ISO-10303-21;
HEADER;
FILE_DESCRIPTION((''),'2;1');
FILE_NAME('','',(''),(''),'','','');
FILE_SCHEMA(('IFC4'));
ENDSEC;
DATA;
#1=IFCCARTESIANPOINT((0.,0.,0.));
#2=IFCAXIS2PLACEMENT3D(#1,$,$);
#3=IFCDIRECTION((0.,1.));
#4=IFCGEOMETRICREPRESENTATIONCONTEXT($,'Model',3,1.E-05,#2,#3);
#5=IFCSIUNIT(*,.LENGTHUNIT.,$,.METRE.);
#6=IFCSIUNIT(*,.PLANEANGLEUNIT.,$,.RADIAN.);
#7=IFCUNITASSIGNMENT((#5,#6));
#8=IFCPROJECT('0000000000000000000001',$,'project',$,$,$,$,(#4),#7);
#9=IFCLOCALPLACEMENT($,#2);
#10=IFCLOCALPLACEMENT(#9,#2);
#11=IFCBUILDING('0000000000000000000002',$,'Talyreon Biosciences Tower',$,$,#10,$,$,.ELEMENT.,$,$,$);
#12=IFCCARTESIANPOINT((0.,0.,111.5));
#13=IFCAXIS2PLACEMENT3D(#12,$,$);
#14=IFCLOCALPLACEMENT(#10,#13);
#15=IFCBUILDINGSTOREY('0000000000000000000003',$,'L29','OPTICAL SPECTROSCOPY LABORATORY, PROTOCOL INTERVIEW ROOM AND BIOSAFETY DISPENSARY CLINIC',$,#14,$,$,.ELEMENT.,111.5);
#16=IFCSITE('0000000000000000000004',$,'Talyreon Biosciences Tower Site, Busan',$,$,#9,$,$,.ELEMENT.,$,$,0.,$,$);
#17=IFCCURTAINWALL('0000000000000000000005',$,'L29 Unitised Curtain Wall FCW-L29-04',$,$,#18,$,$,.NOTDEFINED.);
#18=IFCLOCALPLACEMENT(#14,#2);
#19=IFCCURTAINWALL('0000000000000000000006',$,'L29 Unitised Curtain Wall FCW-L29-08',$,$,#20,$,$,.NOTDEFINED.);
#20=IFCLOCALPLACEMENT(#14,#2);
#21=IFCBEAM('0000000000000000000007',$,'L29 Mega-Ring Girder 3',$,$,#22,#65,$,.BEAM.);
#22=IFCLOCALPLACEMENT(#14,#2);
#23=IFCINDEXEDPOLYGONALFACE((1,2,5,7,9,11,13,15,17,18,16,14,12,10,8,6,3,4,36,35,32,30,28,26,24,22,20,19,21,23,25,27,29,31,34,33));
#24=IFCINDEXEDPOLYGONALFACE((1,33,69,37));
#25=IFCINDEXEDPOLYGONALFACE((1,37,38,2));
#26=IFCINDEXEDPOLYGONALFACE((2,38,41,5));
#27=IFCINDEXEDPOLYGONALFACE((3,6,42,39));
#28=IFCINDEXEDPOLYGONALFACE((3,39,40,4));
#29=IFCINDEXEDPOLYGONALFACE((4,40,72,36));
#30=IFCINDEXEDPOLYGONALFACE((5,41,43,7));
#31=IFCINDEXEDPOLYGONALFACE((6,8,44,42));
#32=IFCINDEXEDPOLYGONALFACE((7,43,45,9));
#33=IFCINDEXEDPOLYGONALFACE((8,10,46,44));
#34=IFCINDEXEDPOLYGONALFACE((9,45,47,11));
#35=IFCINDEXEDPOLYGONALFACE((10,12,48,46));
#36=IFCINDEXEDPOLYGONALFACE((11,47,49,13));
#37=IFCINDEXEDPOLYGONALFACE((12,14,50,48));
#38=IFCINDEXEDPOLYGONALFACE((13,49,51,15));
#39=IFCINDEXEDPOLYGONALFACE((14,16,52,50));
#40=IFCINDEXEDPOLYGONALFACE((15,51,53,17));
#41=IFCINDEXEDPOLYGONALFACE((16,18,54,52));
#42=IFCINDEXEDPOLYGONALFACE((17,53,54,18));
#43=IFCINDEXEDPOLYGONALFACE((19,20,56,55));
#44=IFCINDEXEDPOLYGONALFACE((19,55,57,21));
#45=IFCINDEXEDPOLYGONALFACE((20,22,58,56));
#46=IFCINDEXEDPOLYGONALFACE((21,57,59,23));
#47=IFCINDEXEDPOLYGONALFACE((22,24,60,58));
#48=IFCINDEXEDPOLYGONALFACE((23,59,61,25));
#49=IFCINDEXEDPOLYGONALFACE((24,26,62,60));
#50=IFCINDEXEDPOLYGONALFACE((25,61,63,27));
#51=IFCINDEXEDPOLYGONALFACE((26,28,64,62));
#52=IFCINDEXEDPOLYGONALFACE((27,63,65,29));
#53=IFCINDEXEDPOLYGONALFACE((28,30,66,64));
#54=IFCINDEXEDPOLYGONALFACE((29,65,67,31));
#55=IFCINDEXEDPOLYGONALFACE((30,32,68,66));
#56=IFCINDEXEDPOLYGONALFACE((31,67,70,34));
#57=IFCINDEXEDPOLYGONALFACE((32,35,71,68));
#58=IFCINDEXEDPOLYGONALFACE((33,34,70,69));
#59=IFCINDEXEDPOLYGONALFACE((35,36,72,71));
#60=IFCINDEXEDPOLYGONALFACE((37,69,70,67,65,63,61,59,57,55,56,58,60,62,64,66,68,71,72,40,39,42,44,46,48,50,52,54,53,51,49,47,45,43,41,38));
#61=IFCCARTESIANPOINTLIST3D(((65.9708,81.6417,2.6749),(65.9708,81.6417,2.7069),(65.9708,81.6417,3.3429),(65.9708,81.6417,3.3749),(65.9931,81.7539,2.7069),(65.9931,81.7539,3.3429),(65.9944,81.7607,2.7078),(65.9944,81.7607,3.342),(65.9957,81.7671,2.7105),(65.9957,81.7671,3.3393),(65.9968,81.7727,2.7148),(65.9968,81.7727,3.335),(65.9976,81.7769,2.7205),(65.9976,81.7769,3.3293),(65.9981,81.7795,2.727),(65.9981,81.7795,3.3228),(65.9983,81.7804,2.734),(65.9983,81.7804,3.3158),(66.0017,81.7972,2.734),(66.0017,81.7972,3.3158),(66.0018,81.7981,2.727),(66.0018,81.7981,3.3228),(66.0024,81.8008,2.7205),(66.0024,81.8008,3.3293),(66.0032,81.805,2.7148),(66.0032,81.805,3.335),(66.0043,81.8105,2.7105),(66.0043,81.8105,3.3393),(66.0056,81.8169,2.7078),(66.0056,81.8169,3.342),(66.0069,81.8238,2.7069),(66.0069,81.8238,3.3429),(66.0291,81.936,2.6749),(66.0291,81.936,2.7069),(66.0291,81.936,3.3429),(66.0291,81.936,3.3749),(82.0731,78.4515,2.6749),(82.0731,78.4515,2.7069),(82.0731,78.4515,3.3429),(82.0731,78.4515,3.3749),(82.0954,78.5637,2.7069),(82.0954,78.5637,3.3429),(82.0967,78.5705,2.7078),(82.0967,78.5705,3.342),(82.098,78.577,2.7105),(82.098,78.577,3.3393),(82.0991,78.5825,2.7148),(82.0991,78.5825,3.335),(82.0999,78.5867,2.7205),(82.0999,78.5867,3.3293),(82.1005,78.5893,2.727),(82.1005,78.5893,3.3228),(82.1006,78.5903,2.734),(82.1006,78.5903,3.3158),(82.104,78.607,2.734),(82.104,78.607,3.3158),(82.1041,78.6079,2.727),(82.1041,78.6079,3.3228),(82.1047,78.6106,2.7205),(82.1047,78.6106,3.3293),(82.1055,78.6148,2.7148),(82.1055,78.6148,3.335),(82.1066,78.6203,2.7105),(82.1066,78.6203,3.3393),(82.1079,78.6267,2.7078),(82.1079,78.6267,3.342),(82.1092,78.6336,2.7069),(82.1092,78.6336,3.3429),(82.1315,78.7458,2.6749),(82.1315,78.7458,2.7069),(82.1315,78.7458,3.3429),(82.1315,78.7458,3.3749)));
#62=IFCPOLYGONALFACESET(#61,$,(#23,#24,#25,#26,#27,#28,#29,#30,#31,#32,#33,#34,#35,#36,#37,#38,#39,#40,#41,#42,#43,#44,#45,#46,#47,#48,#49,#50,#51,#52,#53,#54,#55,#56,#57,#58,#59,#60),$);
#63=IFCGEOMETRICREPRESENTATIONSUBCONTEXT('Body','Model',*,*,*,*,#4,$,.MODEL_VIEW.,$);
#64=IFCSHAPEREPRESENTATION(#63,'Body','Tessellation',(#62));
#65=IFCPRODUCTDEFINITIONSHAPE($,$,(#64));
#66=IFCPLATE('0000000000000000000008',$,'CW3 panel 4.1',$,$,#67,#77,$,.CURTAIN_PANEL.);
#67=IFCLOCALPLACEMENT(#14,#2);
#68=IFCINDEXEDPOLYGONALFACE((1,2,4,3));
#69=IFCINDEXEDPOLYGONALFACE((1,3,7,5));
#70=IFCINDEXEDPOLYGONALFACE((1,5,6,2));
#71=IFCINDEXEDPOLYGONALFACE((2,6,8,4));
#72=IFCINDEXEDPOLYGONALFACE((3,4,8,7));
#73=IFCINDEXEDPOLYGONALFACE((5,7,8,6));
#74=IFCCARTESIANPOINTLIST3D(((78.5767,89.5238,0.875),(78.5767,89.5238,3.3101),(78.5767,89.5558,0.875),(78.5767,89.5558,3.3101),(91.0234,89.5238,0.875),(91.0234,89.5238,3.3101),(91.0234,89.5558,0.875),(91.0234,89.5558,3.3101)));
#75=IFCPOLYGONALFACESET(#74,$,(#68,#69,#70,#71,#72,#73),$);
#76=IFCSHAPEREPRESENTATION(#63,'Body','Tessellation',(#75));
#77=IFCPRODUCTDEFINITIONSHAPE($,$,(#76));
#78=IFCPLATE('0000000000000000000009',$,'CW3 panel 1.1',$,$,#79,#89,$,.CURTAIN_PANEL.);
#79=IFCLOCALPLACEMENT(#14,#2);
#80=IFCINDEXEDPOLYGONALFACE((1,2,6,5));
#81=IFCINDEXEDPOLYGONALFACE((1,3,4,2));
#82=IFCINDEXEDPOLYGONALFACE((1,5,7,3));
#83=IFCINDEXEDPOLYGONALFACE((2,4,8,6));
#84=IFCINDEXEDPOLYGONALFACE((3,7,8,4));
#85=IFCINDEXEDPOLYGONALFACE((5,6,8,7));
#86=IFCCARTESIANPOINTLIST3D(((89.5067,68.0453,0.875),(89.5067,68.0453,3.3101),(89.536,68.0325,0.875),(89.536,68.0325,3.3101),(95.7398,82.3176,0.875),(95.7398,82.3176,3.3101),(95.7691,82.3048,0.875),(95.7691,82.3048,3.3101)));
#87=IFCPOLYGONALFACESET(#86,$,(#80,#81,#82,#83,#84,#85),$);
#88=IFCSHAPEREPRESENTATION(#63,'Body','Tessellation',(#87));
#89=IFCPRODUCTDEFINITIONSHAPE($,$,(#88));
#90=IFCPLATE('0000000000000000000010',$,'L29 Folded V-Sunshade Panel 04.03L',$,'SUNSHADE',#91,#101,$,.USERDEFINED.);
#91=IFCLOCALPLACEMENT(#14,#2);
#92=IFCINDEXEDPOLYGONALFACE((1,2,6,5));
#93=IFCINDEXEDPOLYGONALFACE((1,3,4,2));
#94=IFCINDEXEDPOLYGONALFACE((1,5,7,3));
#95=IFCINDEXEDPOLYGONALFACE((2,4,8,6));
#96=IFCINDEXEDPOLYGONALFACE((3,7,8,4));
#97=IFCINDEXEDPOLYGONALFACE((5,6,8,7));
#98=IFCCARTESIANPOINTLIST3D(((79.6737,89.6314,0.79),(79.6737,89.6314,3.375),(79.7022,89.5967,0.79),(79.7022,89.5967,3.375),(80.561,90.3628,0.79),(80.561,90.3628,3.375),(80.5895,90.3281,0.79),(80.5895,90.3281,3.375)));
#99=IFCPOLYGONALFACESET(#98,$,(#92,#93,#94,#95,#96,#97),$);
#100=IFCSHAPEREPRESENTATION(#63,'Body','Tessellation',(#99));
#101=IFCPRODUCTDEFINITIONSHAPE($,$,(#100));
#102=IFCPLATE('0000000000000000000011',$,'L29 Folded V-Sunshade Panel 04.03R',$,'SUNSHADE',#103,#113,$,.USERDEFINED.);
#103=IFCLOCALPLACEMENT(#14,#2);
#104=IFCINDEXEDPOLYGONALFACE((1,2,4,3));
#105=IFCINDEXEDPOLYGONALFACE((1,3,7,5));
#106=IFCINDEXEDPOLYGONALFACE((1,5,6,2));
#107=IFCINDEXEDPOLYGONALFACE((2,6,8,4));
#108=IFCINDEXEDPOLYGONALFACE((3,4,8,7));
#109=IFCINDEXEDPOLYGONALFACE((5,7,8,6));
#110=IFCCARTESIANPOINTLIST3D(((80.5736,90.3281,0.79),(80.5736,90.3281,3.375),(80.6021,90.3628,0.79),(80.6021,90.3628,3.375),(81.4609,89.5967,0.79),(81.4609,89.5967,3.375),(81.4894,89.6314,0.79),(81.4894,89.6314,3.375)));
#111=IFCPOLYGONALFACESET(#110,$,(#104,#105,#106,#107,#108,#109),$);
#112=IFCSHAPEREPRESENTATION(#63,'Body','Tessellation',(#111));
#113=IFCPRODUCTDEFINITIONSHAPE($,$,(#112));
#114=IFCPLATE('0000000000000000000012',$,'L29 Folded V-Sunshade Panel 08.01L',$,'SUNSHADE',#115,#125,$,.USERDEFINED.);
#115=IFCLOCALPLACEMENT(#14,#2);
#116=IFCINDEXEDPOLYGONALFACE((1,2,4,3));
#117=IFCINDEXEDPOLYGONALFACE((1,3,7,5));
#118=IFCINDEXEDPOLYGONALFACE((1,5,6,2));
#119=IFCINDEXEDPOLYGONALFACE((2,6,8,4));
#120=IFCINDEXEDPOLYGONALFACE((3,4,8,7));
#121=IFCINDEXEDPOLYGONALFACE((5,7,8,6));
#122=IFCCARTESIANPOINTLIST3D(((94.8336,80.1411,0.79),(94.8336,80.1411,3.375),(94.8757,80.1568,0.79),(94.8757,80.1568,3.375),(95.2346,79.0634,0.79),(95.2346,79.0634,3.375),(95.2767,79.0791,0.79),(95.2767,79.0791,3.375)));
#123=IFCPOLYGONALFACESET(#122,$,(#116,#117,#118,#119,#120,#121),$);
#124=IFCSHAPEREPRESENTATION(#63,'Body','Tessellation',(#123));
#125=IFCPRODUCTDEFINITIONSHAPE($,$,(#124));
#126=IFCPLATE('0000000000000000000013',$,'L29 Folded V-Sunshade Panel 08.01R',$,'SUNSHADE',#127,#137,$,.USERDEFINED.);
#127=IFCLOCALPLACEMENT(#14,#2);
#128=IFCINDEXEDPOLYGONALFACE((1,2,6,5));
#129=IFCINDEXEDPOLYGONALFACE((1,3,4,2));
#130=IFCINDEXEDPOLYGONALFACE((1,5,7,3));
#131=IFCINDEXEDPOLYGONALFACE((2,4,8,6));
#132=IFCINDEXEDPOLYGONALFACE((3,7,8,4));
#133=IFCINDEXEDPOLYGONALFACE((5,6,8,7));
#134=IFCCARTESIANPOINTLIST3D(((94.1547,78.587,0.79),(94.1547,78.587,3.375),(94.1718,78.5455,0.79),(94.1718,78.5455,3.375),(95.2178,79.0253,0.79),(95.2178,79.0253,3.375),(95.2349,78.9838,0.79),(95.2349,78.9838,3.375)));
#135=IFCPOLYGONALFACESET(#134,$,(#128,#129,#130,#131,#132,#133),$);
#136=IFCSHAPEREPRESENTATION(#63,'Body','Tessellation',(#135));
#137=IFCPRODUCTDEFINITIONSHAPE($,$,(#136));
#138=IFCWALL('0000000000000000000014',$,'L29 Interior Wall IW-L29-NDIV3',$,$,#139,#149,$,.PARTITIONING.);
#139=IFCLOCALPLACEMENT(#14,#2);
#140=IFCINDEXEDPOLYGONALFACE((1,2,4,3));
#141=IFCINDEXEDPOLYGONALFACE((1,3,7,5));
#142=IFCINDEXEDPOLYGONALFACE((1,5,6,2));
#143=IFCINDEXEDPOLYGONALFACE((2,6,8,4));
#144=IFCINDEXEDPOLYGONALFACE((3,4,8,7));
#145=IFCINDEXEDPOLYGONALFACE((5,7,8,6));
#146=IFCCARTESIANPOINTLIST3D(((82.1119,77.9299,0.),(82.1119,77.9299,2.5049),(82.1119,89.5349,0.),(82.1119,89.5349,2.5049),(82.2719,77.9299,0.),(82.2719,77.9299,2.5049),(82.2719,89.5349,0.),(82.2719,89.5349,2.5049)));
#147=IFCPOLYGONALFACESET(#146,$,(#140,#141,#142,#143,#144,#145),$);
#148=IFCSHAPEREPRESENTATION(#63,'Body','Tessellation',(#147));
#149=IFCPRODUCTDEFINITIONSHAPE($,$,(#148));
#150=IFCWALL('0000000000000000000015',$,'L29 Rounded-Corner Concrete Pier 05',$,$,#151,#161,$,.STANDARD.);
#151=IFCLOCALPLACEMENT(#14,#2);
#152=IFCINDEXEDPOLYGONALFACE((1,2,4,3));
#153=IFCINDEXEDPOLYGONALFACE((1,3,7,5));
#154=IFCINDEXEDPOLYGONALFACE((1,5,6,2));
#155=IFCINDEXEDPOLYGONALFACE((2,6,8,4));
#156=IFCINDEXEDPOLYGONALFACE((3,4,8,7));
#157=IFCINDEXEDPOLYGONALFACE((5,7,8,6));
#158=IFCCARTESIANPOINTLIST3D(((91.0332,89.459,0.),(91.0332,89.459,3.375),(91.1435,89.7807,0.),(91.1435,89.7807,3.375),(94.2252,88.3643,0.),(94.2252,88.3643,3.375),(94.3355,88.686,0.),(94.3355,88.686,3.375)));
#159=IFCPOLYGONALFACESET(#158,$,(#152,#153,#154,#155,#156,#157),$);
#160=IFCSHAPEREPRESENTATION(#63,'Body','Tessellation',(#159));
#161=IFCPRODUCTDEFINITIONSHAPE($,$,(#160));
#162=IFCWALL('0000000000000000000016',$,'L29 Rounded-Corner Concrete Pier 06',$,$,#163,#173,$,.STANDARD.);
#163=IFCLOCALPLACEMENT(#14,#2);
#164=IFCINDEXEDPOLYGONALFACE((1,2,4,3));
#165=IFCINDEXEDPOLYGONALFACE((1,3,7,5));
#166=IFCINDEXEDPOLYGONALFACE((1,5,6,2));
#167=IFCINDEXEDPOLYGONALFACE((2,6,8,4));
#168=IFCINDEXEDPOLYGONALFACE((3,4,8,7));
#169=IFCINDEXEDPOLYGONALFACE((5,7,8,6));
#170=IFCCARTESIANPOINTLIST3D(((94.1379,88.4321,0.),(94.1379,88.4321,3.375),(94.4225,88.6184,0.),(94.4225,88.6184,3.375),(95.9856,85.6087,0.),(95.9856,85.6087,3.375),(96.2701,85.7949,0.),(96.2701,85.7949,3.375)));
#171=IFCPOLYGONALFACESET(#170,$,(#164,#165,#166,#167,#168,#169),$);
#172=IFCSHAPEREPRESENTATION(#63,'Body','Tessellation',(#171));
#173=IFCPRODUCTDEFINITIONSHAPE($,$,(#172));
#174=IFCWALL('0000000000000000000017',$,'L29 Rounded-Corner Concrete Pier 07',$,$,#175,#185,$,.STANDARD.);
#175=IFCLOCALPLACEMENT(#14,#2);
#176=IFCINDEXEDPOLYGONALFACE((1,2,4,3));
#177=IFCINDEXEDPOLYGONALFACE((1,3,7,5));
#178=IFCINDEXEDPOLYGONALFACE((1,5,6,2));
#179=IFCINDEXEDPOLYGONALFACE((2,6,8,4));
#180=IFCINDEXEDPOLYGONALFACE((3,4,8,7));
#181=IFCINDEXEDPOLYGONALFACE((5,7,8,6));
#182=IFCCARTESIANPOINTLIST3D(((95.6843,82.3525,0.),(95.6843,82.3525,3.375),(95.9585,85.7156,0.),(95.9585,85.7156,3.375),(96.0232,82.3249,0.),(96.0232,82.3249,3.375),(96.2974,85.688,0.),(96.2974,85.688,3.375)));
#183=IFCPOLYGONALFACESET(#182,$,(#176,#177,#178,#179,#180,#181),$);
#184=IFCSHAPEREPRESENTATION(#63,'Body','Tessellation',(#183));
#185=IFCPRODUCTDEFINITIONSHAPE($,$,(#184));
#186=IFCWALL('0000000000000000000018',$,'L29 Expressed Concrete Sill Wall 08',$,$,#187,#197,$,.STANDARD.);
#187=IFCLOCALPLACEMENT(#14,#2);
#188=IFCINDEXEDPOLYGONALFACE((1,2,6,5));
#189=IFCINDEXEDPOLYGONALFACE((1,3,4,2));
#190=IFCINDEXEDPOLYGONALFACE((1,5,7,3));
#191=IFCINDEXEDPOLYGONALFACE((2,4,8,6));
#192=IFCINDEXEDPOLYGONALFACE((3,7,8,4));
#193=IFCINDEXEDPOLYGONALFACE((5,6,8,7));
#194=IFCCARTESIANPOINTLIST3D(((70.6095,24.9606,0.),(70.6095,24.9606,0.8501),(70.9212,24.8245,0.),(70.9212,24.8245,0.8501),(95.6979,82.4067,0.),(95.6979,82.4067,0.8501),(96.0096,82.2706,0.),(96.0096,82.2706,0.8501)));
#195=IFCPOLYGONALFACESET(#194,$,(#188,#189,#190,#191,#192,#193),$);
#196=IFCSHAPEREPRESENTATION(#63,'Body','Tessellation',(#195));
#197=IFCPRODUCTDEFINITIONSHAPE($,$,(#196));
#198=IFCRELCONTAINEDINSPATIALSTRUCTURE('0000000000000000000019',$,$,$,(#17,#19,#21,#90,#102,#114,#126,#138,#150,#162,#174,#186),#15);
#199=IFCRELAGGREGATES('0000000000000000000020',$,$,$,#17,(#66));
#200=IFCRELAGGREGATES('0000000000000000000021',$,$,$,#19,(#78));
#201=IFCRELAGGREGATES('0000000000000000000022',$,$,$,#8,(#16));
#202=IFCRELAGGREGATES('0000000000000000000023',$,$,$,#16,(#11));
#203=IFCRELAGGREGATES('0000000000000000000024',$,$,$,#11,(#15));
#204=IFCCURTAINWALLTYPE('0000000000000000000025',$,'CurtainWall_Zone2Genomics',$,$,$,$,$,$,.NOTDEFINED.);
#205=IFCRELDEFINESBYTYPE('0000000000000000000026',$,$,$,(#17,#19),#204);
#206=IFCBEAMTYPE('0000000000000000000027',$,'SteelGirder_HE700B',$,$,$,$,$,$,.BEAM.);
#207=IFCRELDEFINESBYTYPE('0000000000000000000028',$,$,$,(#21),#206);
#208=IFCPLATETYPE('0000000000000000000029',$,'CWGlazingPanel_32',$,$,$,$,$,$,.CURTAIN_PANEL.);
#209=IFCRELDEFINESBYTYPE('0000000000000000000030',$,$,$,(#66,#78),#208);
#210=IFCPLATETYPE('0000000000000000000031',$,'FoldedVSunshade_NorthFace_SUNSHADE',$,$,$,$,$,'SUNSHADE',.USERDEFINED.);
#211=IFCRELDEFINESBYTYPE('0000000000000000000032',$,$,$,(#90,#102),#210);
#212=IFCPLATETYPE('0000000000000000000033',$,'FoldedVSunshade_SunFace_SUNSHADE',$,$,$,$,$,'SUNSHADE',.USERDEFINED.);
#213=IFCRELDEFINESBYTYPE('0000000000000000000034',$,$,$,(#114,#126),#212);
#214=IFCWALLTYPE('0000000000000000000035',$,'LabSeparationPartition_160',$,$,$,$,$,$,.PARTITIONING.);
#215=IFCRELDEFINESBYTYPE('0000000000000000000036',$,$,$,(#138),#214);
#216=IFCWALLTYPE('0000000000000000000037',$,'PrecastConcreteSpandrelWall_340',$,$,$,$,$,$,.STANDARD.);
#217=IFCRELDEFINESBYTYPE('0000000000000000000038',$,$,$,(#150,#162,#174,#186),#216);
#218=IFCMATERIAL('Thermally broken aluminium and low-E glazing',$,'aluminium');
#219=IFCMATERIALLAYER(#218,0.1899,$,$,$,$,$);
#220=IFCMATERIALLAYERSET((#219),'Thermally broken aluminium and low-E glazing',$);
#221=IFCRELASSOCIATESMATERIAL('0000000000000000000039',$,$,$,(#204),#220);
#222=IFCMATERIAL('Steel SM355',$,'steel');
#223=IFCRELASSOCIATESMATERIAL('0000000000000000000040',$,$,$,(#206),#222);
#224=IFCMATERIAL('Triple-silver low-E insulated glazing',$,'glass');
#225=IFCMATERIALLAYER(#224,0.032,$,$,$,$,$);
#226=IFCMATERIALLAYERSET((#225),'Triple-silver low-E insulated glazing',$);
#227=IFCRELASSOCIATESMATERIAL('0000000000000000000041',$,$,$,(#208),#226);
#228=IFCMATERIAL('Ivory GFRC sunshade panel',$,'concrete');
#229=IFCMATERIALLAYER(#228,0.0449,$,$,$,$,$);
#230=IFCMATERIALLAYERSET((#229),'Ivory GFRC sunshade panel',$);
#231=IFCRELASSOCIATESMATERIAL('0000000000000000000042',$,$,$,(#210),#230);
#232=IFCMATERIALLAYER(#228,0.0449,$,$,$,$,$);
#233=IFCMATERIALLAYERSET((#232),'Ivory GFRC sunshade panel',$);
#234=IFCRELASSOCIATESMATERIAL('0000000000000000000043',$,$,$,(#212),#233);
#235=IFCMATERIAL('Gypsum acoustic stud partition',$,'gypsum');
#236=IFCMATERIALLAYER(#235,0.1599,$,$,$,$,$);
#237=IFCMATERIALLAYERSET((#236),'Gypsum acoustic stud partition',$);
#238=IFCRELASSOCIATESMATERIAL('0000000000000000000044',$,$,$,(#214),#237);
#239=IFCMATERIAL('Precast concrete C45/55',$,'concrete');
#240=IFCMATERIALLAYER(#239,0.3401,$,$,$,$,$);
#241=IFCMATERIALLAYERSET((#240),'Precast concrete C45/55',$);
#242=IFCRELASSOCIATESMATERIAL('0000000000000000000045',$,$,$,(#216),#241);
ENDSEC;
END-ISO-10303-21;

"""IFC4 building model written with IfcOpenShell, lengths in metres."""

from ifc_helpers import new_model, si_unit, direction, frame, frame_2d, origin, origin_2d, place, context, subcontext, project, spatial, rectangle, i_section, extrude, material, layer, layer_set, material_profile, profile_set, type_object, element, aggregate, save


model = new_model("IFC4")

# Units and contexts
model_context = context("Model", 3, precision=1e-05, world=origin(), true_north=direction((0.0, 1.0)))
body_context = subcontext(model_context, "Body", "Model", "MODEL_VIEW")
ifc_project = project(units=[si_unit("LENGTHUNIT", "METRE"), si_unit("PLANEANGLEUNIT", "RADIAN")], contexts=[model_context])

# Site, building, storey
site_placement = place(None, origin())
site = spatial("IfcSite", under=ifc_project, at=site_placement, Name="Talyreon Biosciences Tower Site, Busan", CompositionType="ELEMENT", RefElevation=0.0)
building_placement = place(site_placement, origin())
building = spatial("IfcBuilding", under=site, at=building_placement, Name="Talyreon Biosciences Tower", CompositionType="ELEMENT")
storey_placement = place(building_placement, frame((0.0, 0.0, 111.5)))
storey = spatial("IfcBuildingStorey", under=building, at=storey_placement, Name="L29", Description="OPTICAL SPECTROSCOPY LABORATORY, PROTOCOL INTERVIEW ROOM AND BIOSAFETY DISPENSARY CLINIC", CompositionType="ELEMENT", Elevation=111.5)

# Curtain wall
ifc_material_1 = material(Name="Thermally broken aluminium and low-E glazing", Category="aluminium")
ifc_layer_1 = layer(ifc_material_1, 0.1899)
ifc_layer_set_1 = layer_set([ifc_layer_1], Name="Thermally broken aluminium and low-E glazing")
curtain_wall_type = type_object("IfcCurtainWallType", Name="CurtainWall_Zone2Genomics", PredefinedType="NOTDEFINED", material=ifc_layer_set_1)
curtain_wall_1_placement = place(storey_placement, origin())
curtain_wall_1 = element("IfcCurtainWall", 1, at=curtain_wall_1_placement, inside=storey, type_object=curtain_wall_type, Name="L29 Unitised Curtain Wall FCW-L29-04", PredefinedType="NOTDEFINED")

# Curtain wall
curtain_wall_2_placement = place(storey_placement, origin())
curtain_wall_2 = element("IfcCurtainWall", 2, at=curtain_wall_2_placement, inside=storey, type_object=curtain_wall_type, Name="L29 Unitised Curtain Wall FCW-L29-08", PredefinedType="NOTDEFINED")

# Beam
ifc_material_2 = material(Name="Precast concrete C45/55", Category="concrete")
ifc_material_3 = material(Name="Steel SM355", Category="steel")
ifc_material_profile_1 = material_profile(ifc_material_3, i_section(OverallWidth=0.3, OverallDepth=0.7, WebThickness=0.0171, FlangeThickness=0.032, FilletRadius=0.0271, at=origin_2d()), Name="HE700B")
ifc_profile_set_1 = profile_set([ifc_material_profile_1], Name="Steel SM355")
beam_type_1 = type_object("IfcBeamType", Name="SteelGirder_HE700B", PredefinedType="BEAM", material=ifc_profile_set_1)
beam_1_placement = place(storey_placement, frame((82.1023, 78.5986, 3.0249), z_axis=(-0.980934, 0.194343, 0.0), x_axis=(-0.194343, -0.980934, 0.0)))
element("IfcBeam", 3, at=beam_1_placement, inside=storey, type_object=beam_type_1, Name="L29 Mega-Ring Girder 3", PredefinedType="BEAM", context=body_context, shape_type="SweptSolid", body=[
    extrude(i_section(OverallWidth=0.3, OverallDepth=0.7, WebThickness=0.0171, FlangeThickness=0.032, FilletRadius=0.0271, at=origin_2d()), origin(), (0.0, 0.0, 1.0), 16.4153),
])

# Plates
ifc_material_4 = material(Name="Triple-silver low-E insulated glazing", Category="glass")
ifc_layer_2 = layer(ifc_material_4, 0.032)
ifc_layer_set_2 = layer_set([ifc_layer_2], Name="Triple-silver low-E insulated glazing")
plate_type_1 = type_object("IfcPlateType", Name="CWGlazingPanel_32", PredefinedType="CURTAIN_PANEL", material=ifc_layer_set_2)
plate_1_placement = place(storey_placement, frame((84.8, 89.5398, 0.875), z_axis=(0.0, 0.0, 1.0), x_axis=(1.0, 0.0, 0.0)))
plate_1 = element("IfcPlate", 4, at=plate_1_placement, type_object=plate_type_1, Name="CW3 panel 4.1", PredefinedType="CURTAIN_PANEL", context=body_context, shape_type="SweptSolid", body=[
    extrude(rectangle(XDim=12.4468, YDim=0.032, at=origin_2d()), origin(), (0.0, 0.0, 1.0), 2.4351),
])
aggregate(curtain_wall_1, [plate_1])
plate_2_placement = place(storey_placement, frame((92.6379, 75.175, 0.875), z_axis=(0.0, 0.0, 1.0), x_axis=(-0.400226, -0.916416, 0.0)))
plate_2 = element("IfcPlate", 5, at=plate_2_placement, type_object=plate_type_1, Name="CW3 panel 1.1", PredefinedType="CURTAIN_PANEL", context=body_context, shape_type="SweptSolid", body=[
    extrude(rectangle(XDim=15.574, YDim=0.032, at=origin_2d()), origin(), (0.0, 0.0, 1.0), 2.4351),
])
aggregate(curtain_wall_2, [plate_2])

# Plates
ifc_material_5 = material(Name="Ivory GFRC sunshade panel", Category="concrete")
ifc_layer_3 = layer(ifc_material_5, 0.0449)
ifc_layer_set_3 = layer_set([ifc_layer_3], Name="Ivory GFRC sunshade panel")
plate_type_2 = type_object("IfcPlateType", Name="FoldedVSunshade_NorthFace_SUNSHADE", ElementType="SUNSHADE", PredefinedType="USERDEFINED", material=ifc_layer_set_3)
for number, where, z_axis, x_axis, name in (
    (6, (80.1316, 89.9797, 0.79), (0.0, 0.0, 1.0), (0.771625, 0.636078, 0.0), "L29 Folded V-Sunshade Panel 04.03L"),
    (7, (81.0315, 89.9797, 0.79), (0.0, 0.0, 1.0), (0.771625, -0.636078, 0.0), "L29 Folded V-Sunshade Panel 04.03R"),
):
    element("IfcPlate", number, at=place(storey_placement, frame(where, z_axis=z_axis, x_axis=x_axis)), inside=storey, type_object=plate_type_2, Name=name, ObjectType="SUNSHADE", PredefinedType="USERDEFINED", context=body_context, shape_type="SweptSolid", body=[
        extrude(rectangle(XDim=1.1499, YDim=0.0449, at=origin_2d()), origin(), (0.0, 0.0, 1.0), 2.585),
    ])
ifc_layer_4 = layer(ifc_material_5, 0.0449)
ifc_layer_set_4 = layer_set([ifc_layer_4], Name="Ivory GFRC sunshade panel")
plate_type_3 = type_object("IfcPlateType", Name="FoldedVSunshade_SunFace_SUNSHADE", ElementType="SUNSHADE", PredefinedType="USERDEFINED", material=ifc_layer_set_4)
for number, where, z_axis, x_axis, name in (
    (8, (95.0552, 79.6101, 0.79), (0.0, 0.0, 1.0), (0.348703, -0.937233, 0.0), "L29 Folded V-Sunshade Panel 08.01L"),
    (9, (94.6948, 78.7854, 0.79), (0.0, 0.0, 1.0), (-0.924493, -0.381199, 0.0), "L29 Folded V-Sunshade Panel 08.01R"),
):
    element("IfcPlate", number, at=place(storey_placement, frame(where, z_axis=z_axis, x_axis=x_axis)), inside=storey, type_object=plate_type_3, Name=name, ObjectType="SUNSHADE", PredefinedType="USERDEFINED", context=body_context, shape_type="SweptSolid", body=[
        extrude(rectangle(XDim=1.1499, YDim=0.0449, at=origin_2d()), origin(), (0.0, 0.0, 1.0), 2.585),
    ])

# Walls
ifc_material_6 = material(Name="Gypsum acoustic stud partition", Category="gypsum")
ifc_layer_5 = layer(ifc_material_6, 0.1599)
ifc_layer_set_5 = layer_set([ifc_layer_5], Name="Gypsum acoustic stud partition")
wall_type_1 = type_object("IfcWallType", Name="LabSeparationPartition_160", PredefinedType="PARTITIONING", material=ifc_layer_set_5)
wall_1_placement = place(storey_placement, frame((82.1919, 77.9299, 0.0), z_axis=(0.0, 0.0, 1.0), x_axis=(0.0, 1.0, 0.0)))
element("IfcWall", 10, at=wall_1_placement, inside=storey, type_object=wall_type_1, Name="L29 Interior Wall IW-L29-NDIV3", PredefinedType="PARTITIONING", context=body_context, shape_type="SweptSolid", body=[
    extrude(rectangle(XDim=11.605, YDim=0.1599, at=frame_2d((5.8025, 0.0))), origin(), (0.0, 0.0, 1.0), 2.5049),
])
ifc_layer_6 = layer(ifc_material_2, 0.3401)
ifc_layer_set_6 = layer_set([ifc_layer_6], Name="Precast concrete C45/55")
wall_type_2 = type_object("IfcWallType", Name="PrecastConcreteSpandrelWall_340", PredefinedType="STANDARD", material=ifc_layer_set_6)
wall_2_placement = place(storey_placement, frame((91.0884, 89.6199, 0.0), z_axis=(0.0, 0.0, 1.0), x_axis=(0.945913, -0.324421, 0.0)))
element("IfcWall", 11, at=wall_2_placement, inside=storey, type_object=wall_type_2, Name="L29 Rounded-Corner Concrete Pier 05", PredefinedType="STANDARD", context=body_context, shape_type="SweptSolid", body=[
    extrude(rectangle(XDim=3.3745, YDim=0.3401, at=frame_2d((1.6873, 0.0))), origin(), (0.0, 0.0, 1.0), 3.375),
])
for number, where, z_axis, x_axis, name in (
    (12, (94.2803, 88.5251, 0.0), (0.0, 0.0, 1.0), (0.547567, -0.836762, 0.0), "L29 Rounded-Corner Concrete Pier 06"),
    (13, (96.1279, 85.7017, 0.0), (0.0, 0.0, 1.0), (-0.081255, -0.996693, 0.0), "L29 Rounded-Corner Concrete Pier 07"),
):
    element("IfcWall", number, at=place(storey_placement, frame(where, z_axis=z_axis, x_axis=x_axis)), inside=storey, type_object=wall_type_2, Name=name, PredefinedType="STANDARD", context=body_context, shape_type="SweptSolid", body=[
        extrude(rectangle(XDim=3.3743, YDim=0.3401, at=frame_2d((1.687, 0.0))), origin(), (0.0, 0.0, 1.0), 3.375),
    ])
wall_3_placement = place(storey_placement, frame((95.8538, 82.3386, 0.0), z_axis=(0.0, 0.0, 1.0), x_axis=(-0.400226, -0.916416, 0.0)))
element("IfcWall", 14, at=wall_3_placement, inside=storey, type_object=wall_type_2, Name="L29 Expressed Concrete Sill Wall 08", PredefinedType="STANDARD", context=body_context, shape_type="SweptSolid", body=[
    extrude(rectangle(XDim=62.6855, YDim=0.3401, at=frame_2d((31.3428, 0.0))), origin(), (0.0, 0.0, 1.0), 0.8501),
])

save(model, "model.ifc")
